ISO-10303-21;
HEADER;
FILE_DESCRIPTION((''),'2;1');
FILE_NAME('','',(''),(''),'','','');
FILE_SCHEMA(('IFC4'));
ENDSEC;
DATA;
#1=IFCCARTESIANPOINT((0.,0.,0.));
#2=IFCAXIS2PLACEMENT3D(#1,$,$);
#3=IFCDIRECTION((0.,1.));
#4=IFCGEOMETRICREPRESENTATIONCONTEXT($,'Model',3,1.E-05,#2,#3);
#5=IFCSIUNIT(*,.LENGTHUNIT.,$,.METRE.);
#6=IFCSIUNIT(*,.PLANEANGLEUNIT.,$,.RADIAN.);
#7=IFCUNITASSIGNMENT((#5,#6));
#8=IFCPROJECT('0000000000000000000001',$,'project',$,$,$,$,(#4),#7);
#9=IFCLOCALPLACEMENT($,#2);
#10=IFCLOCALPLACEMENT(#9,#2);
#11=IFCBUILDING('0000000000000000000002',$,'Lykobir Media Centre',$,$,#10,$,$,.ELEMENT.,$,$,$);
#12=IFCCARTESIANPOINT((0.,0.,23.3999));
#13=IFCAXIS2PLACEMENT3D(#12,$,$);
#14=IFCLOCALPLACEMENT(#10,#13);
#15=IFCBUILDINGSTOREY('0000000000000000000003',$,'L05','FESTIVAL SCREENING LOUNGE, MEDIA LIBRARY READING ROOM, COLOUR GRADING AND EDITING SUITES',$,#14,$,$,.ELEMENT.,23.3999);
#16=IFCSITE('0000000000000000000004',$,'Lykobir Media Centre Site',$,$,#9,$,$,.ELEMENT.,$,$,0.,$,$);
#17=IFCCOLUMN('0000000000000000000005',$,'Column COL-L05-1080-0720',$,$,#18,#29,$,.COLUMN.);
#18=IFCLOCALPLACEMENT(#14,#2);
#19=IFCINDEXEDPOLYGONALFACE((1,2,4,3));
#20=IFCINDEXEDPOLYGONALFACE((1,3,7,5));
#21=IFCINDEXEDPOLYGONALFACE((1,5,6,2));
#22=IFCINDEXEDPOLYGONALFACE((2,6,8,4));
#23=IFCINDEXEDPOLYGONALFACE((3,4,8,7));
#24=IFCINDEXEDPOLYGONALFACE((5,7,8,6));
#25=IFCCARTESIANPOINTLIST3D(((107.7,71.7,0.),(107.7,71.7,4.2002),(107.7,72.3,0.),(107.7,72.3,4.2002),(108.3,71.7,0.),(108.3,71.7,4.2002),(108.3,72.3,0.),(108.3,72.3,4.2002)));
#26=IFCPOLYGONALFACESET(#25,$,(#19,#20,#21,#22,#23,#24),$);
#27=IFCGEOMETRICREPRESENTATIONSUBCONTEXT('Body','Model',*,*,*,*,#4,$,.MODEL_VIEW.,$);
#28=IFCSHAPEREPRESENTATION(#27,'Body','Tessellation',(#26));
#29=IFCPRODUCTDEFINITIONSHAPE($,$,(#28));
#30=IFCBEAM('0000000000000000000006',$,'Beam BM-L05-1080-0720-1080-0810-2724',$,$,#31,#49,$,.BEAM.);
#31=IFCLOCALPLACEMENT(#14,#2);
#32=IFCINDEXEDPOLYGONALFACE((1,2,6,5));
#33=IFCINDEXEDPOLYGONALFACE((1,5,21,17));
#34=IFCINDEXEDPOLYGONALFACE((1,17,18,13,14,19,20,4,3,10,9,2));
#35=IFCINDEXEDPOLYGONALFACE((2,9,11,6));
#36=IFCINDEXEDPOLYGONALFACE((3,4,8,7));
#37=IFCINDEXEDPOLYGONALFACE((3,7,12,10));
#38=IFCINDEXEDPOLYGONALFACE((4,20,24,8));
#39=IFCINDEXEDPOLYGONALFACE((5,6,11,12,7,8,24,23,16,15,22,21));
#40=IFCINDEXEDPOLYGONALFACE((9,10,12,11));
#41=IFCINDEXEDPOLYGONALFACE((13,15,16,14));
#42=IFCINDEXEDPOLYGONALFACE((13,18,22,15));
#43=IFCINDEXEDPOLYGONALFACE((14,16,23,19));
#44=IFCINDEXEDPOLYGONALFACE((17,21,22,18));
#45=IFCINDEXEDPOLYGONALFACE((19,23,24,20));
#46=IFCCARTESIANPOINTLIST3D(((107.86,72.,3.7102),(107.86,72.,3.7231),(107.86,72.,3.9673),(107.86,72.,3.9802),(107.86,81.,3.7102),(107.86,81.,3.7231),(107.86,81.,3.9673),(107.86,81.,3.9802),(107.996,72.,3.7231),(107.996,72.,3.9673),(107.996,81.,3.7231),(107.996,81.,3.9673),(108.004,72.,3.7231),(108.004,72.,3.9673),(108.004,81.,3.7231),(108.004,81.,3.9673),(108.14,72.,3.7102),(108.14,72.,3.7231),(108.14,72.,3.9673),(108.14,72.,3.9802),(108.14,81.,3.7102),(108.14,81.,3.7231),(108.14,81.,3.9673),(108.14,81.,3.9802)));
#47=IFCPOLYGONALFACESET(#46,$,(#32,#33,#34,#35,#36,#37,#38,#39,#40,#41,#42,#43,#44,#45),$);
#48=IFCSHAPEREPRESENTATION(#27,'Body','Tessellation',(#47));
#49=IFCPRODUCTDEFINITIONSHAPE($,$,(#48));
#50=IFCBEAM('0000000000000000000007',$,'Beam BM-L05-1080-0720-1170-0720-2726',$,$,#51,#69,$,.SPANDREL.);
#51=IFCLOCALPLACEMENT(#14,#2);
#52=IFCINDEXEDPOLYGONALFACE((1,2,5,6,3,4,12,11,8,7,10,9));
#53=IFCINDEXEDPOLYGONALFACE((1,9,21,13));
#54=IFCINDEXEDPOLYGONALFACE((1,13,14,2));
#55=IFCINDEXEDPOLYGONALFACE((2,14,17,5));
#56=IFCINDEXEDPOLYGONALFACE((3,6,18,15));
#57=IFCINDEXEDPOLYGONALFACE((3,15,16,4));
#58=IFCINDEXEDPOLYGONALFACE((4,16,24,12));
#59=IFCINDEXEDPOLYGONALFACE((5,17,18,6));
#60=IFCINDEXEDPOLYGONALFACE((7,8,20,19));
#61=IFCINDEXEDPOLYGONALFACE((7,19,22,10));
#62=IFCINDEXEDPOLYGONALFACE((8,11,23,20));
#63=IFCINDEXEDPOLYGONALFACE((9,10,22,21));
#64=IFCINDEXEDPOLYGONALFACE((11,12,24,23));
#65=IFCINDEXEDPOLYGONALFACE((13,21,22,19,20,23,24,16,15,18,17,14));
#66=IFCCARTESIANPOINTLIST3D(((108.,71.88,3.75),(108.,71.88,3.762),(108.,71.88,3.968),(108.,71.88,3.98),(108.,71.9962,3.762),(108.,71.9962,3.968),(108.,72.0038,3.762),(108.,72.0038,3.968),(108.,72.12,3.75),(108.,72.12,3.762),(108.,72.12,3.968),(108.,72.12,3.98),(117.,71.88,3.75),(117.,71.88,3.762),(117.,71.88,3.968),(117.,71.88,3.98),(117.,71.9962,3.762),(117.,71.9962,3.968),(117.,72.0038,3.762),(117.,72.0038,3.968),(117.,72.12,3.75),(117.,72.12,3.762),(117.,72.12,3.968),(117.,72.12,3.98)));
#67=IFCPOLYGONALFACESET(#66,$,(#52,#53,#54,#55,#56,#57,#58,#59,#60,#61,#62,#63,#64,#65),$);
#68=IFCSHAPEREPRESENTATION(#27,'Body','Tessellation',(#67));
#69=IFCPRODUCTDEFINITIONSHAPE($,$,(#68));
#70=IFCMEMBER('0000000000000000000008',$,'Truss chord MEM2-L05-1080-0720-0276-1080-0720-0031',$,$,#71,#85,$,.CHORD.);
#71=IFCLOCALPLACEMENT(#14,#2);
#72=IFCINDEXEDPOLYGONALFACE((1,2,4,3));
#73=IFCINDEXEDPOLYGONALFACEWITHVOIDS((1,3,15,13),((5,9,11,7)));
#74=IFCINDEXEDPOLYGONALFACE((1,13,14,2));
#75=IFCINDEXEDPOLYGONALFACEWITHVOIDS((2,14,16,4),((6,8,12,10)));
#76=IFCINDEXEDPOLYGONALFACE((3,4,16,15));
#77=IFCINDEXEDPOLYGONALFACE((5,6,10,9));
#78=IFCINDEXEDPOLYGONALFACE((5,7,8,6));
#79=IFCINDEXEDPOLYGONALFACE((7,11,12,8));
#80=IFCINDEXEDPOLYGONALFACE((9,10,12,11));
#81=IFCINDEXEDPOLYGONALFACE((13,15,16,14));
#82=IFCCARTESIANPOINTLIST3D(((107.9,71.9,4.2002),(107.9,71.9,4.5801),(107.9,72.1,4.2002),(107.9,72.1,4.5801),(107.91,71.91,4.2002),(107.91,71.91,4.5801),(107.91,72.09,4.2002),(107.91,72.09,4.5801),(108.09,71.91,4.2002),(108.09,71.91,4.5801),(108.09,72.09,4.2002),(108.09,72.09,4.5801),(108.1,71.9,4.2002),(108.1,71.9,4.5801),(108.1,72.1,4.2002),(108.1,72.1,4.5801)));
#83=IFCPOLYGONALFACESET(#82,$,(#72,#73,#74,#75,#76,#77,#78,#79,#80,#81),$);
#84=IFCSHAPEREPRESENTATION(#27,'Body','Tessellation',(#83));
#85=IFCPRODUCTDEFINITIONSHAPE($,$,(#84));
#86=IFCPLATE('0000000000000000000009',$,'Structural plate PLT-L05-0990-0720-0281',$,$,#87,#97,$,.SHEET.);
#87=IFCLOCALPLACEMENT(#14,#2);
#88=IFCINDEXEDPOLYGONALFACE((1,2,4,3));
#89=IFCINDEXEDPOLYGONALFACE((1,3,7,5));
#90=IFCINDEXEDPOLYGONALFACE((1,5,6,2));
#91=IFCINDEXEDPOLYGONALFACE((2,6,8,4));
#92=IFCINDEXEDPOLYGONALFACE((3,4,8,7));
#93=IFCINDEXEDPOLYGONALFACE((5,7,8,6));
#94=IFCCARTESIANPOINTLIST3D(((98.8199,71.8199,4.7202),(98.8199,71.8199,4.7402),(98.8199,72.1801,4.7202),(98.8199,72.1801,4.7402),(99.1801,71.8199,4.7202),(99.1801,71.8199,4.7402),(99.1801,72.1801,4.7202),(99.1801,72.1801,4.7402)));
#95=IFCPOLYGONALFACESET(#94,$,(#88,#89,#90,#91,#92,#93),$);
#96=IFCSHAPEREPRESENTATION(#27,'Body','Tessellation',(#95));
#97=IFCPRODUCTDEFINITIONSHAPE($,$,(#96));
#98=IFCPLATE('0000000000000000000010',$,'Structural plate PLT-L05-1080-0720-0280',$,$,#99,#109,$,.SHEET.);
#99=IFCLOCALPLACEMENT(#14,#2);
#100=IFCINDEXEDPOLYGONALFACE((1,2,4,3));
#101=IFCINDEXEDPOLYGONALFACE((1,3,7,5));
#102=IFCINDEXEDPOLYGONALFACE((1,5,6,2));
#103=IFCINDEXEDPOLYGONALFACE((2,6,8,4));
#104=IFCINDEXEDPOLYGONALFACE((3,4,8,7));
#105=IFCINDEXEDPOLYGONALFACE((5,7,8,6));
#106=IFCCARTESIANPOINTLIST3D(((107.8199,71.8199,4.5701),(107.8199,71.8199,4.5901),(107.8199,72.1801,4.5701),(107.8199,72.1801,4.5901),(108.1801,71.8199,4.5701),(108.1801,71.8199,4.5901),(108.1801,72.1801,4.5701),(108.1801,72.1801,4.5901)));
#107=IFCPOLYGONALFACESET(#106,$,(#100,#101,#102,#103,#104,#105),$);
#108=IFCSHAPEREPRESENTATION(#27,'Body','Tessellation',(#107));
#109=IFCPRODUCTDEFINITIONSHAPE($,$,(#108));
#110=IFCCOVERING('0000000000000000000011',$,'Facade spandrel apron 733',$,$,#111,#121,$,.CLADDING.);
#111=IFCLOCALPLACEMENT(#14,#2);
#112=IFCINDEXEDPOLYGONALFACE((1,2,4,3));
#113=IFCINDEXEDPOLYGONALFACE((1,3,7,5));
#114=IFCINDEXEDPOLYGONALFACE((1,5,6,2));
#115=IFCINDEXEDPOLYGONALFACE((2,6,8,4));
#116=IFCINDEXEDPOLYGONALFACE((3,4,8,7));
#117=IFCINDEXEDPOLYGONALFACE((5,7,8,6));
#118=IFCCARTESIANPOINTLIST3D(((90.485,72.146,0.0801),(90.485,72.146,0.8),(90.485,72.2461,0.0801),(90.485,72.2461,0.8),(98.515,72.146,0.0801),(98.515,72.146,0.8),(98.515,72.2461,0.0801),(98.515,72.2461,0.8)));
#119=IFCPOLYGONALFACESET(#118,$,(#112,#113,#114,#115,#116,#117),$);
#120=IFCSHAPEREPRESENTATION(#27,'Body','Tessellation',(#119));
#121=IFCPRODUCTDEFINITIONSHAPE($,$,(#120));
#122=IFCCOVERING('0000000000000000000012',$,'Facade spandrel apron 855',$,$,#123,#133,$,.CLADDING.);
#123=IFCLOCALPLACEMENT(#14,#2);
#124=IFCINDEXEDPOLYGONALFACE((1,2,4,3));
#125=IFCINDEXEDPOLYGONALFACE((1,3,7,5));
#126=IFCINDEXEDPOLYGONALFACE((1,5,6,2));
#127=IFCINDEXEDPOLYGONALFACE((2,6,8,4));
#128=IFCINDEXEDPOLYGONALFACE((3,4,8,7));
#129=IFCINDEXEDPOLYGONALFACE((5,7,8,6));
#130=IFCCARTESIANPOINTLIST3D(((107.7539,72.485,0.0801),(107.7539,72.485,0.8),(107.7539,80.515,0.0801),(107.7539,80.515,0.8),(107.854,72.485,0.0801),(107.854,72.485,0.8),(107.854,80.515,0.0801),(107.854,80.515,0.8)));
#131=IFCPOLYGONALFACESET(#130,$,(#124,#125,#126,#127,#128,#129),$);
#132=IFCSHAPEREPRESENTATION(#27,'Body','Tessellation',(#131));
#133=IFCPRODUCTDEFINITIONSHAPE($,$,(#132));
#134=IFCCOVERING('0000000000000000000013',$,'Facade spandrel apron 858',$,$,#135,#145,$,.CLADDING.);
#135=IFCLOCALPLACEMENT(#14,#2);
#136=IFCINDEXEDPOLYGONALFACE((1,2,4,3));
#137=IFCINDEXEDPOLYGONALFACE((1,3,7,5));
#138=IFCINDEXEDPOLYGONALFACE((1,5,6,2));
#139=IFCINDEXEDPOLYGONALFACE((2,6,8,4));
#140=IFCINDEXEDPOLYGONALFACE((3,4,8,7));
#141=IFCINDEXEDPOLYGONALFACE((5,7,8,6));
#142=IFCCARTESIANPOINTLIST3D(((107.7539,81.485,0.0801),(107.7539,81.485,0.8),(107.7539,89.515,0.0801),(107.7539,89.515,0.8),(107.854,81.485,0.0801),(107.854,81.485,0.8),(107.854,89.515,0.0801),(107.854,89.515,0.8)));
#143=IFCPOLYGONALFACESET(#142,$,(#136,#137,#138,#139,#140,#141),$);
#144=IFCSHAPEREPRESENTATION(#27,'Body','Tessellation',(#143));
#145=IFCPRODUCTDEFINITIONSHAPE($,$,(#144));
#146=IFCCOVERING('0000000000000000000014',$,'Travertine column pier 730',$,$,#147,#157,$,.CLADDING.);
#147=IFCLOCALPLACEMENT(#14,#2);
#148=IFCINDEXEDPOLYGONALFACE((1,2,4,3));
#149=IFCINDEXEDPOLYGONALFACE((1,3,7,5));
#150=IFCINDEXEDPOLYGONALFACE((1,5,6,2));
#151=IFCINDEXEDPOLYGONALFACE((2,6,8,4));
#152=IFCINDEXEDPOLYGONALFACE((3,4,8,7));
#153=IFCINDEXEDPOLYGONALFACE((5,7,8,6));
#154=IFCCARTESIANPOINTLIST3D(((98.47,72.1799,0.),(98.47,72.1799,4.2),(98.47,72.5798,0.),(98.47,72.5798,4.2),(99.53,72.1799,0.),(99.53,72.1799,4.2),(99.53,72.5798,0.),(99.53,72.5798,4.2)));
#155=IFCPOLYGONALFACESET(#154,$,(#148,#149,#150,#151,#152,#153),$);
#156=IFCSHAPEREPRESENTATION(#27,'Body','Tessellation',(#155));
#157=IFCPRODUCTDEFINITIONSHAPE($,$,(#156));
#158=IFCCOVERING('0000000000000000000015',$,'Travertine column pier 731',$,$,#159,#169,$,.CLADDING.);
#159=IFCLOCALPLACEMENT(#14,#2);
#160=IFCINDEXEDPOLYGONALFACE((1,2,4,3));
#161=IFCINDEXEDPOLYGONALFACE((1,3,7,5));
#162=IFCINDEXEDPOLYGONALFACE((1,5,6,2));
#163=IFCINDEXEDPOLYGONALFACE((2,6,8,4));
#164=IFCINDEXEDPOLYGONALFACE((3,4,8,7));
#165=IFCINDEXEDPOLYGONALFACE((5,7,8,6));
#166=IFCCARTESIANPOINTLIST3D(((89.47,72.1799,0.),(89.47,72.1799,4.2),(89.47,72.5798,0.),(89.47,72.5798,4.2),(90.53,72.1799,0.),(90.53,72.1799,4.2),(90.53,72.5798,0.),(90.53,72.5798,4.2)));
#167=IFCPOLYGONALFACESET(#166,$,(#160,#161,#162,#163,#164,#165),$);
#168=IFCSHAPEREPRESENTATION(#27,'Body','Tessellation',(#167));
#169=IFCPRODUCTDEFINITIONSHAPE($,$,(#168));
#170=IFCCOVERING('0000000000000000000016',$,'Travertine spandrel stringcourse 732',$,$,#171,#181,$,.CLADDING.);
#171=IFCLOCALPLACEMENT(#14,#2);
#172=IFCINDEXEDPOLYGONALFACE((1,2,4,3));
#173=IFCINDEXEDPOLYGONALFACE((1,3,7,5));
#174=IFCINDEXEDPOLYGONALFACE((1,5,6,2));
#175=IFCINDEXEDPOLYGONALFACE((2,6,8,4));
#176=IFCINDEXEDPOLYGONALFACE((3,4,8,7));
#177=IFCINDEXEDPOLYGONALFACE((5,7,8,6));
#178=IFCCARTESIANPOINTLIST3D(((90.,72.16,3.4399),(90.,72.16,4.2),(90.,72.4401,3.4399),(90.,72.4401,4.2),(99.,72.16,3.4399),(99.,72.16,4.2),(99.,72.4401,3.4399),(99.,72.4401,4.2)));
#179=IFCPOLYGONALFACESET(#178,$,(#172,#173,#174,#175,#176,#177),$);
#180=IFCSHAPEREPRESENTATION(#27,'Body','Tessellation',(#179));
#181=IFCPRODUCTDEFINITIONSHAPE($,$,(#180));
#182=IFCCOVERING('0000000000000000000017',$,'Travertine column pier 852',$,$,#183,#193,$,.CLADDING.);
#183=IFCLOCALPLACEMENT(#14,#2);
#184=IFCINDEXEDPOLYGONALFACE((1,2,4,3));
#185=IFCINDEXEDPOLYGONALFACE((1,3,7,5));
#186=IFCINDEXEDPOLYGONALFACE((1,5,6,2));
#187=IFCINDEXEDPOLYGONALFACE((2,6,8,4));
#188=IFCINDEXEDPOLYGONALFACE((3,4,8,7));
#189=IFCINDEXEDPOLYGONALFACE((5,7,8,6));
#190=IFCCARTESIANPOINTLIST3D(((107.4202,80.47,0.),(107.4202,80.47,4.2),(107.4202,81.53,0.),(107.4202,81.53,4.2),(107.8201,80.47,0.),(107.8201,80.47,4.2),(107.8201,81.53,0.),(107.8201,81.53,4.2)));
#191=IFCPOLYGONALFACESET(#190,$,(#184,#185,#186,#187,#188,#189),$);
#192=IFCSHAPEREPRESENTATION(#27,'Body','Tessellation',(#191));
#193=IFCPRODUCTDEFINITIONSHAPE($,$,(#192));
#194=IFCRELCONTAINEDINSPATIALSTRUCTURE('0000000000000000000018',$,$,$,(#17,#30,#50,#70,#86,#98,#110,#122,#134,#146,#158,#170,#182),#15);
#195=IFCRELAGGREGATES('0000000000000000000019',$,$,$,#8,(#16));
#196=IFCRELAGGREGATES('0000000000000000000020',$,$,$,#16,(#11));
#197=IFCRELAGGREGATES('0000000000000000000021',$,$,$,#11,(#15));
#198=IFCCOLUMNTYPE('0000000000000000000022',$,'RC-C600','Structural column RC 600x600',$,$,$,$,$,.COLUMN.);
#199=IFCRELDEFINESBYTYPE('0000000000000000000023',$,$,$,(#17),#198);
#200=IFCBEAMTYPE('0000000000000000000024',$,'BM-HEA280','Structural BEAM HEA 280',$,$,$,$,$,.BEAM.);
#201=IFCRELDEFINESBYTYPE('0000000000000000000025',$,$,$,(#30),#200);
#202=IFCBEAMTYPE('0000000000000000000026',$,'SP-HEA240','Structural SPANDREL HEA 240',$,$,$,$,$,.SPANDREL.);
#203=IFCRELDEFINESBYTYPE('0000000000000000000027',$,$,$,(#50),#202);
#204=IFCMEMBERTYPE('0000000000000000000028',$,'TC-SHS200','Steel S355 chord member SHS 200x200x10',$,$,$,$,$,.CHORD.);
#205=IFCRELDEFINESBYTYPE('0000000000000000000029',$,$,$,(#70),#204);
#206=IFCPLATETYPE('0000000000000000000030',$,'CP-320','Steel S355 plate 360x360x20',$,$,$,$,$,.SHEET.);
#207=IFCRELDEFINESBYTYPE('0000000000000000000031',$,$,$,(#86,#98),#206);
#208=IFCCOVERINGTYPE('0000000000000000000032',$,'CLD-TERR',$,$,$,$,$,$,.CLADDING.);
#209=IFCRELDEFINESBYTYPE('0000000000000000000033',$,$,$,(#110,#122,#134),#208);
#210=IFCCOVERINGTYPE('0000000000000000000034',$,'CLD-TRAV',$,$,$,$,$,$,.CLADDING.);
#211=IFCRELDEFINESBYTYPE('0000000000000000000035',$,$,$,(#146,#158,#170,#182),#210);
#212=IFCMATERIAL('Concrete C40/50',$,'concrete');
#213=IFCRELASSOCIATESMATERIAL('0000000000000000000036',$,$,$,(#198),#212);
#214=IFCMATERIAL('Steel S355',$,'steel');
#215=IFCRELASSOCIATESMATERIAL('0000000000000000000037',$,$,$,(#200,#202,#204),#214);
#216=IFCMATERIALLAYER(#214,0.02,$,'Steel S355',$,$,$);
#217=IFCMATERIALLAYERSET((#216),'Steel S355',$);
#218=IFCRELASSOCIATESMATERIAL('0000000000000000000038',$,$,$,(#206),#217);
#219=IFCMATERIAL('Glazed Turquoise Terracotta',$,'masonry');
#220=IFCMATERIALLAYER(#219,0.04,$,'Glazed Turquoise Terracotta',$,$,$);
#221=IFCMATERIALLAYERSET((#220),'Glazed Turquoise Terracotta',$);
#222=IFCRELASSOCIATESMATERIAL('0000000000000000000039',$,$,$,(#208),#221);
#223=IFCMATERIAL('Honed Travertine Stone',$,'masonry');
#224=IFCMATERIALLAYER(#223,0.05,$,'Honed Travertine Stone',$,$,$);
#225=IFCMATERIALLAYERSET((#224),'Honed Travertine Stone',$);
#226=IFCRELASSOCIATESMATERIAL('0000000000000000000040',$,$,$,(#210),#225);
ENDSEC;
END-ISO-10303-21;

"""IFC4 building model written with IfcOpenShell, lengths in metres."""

from ifc_helpers import new_model, si_unit, direction, frame, origin, origin_2d, place, context, subcontext, project, spatial, rectangle, hollow_rectangle, i_section, extrude, material, layer, layer_set, material_profile, profile_set, type_object, element, save


model = new_model("IFC4")

# Units and contexts
model_context = context("Model", 3, precision=1e-05, world=origin(), true_north=direction((0.0, 1.0)))
body_context = subcontext(model_context, "Body", "Model", "MODEL_VIEW")
ifc_project = project(units=[si_unit("LENGTHUNIT", "METRE"), si_unit("PLANEANGLEUNIT", "RADIAN")], contexts=[model_context])

# Site, building, storey
site_placement = place(None, origin())
site = spatial("IfcSite", under=ifc_project, at=site_placement, Name="Lykobir Media Centre Site", CompositionType="ELEMENT", RefElevation=0.0)
building_placement = place(site_placement, origin())
building = spatial("IfcBuilding", under=site, at=building_placement, Name="Lykobir Media Centre", CompositionType="ELEMENT")
storey_placement = place(building_placement, frame((0.0, 0.0, 23.3999)))
storey = spatial("IfcBuildingStorey", under=building, at=storey_placement, Name="L05", Description="FESTIVAL SCREENING LOUNGE, MEDIA LIBRARY READING ROOM, COLOUR GRADING AND EDITING SUITES", CompositionType="ELEMENT", Elevation=23.3999)

# Column
ifc_material_1 = material(Name="Concrete C40/50", Category="concrete")
ifc_material_profile_1 = material_profile(ifc_material_1, rectangle(XDim=0.6001, YDim=0.6001, at=origin_2d()), Name="RC 600x600")
ifc_profile_set_1 = profile_set([ifc_material_profile_1], Name="Concrete C40/50")
column_type = type_object("IfcColumnType", Name="RC-C600", Description="Structural column RC 600x600", PredefinedType="COLUMN", material=ifc_profile_set_1)
column_placement = place(storey_placement, frame((108.0, 72.0, 0.0), z_axis=(0.0, 0.0, 1.0), x_axis=(1.0, 0.0, 0.0)))
element("IfcColumn", 1, at=column_placement, inside=storey, type_object=column_type, Name="Column COL-L05-1080-0720", PredefinedType="COLUMN", context=body_context, shape_type="SweptSolid", body=[
    extrude(rectangle(XDim=0.6001, YDim=0.6001, at=origin_2d()), origin(), (0.0, 0.0, 1.0), 4.2002),
])

# Beams
ifc_material_2 = material(Name="Steel S355", Category="steel")
ifc_material_profile_2 = material_profile(ifc_material_2, i_section(OverallWidth=0.28, OverallDepth=0.27, WebThickness=0.0081, FlangeThickness=0.0129, at=origin_2d()), Name="HEA 280")
ifc_profile_set_2 = profile_set([ifc_material_profile_2], Name="Steel S355")
beam_type_1 = type_object("IfcBeamType", Name="BM-HEA280", Description="Structural BEAM HEA 280", PredefinedType="BEAM", material=ifc_profile_set_2)
beam_1_placement = place(storey_placement, frame((108.0, 72.0, 3.8452), z_axis=(0.0, 1.0, 0.0), x_axis=(-1.0, 0.0, 0.0)))
element("IfcBeam", 2, at=beam_1_placement, inside=storey, type_object=beam_type_1, Name="Beam BM-L05-1080-0720-1080-0810-2724", PredefinedType="BEAM", context=body_context, shape_type="SweptSolid", body=[
    extrude(i_section(OverallWidth=0.28, OverallDepth=0.27, WebThickness=0.0081, FlangeThickness=0.0129, at=origin_2d()), origin(), (0.0, 0.0, 1.0), 9.0),
])
ifc_material_profile_3 = material_profile(ifc_material_2, i_section(OverallWidth=0.24, OverallDepth=0.23, WebThickness=0.0076, FlangeThickness=0.012, at=origin_2d()), Name="HEA 240")
ifc_profile_set_3 = profile_set([ifc_material_profile_3], Name="Steel S355")
beam_type_2 = type_object("IfcBeamType", Name="SP-HEA240", Description="Structural SPANDREL HEA 240", PredefinedType="SPANDREL", material=ifc_profile_set_3)
beam_2_placement = place(storey_placement, frame((108.0, 72.0, 3.865), z_axis=(1.0, 0.0, 0.0), x_axis=(0.0, 1.0, 0.0)))
element("IfcBeam", 3, at=beam_2_placement, inside=storey, type_object=beam_type_2, Name="Beam BM-L05-1080-0720-1170-0720-2726", PredefinedType="SPANDREL", context=body_context, shape_type="SweptSolid", body=[
    extrude(i_section(OverallWidth=0.24, OverallDepth=0.23, WebThickness=0.0076, FlangeThickness=0.012, at=origin_2d()), origin(), (0.0, 0.0, 1.0), 9.0),
])

# Member
ifc_material_profile_4 = material_profile(ifc_material_2, hollow_rectangle(XDim=0.2, YDim=0.2, WallThickness=0.01, at=origin_2d()), Name="SHS 200x200x10")
ifc_profile_set_4 = profile_set([ifc_material_profile_4], Name="Steel S355")
member_type = type_object("IfcMemberType", Name="TC-SHS200", Description="Steel S355 chord member SHS 200x200x10", PredefinedType="CHORD", material=ifc_profile_set_4)
member_placement = place(storey_placement, frame((108.0, 72.0, 4.2002), z_axis=(0.0, 0.0, 1.0), x_axis=(1.0, 0.0, 0.0)))
element("IfcMember", 4, at=member_placement, inside=storey, type_object=member_type, Name="Truss chord MEM2-L05-1080-0720-0276-1080-0720-0031", PredefinedType="CHORD", context=body_context, shape_type="SweptSolid", body=[
    extrude(hollow_rectangle(XDim=0.2, YDim=0.2, WallThickness=0.01, at=origin_2d()), origin(), (0.0, 0.0, 1.0), 0.3799),
])

# Plates
ifc_layer_1 = layer(ifc_material_2, 0.02, Name="Steel S355")
ifc_layer_set_1 = layer_set([ifc_layer_1], Name="Steel S355")
plate_type = type_object("IfcPlateType", Name="CP-320", Description="Steel S355 plate 360x360x20", PredefinedType="SHEET", material=ifc_layer_set_1)
for number, where, z_axis, x_axis, name in (
    (5, (99.0, 72.0, 4.7202), (0.0, 0.0, 1.0), (1.0, 0.0, 0.0), "Structural plate PLT-L05-0990-0720-0281"),
    (6, (108.0, 72.0, 4.5701), (0.0, 0.0, 1.0), (1.0, 0.0, 0.0), "Structural plate PLT-L05-1080-0720-0280"),
):
    element("IfcPlate", number, at=place(storey_placement, frame(where, z_axis=z_axis, x_axis=x_axis)), inside=storey, type_object=plate_type, Name=name, PredefinedType="SHEET", context=body_context, shape_type="SweptSolid", body=[
        extrude(rectangle(XDim=0.3601, YDim=0.3601, at=origin_2d()), origin(), (0.0, 0.0, 1.0), 0.02),
    ])

# Coverings
ifc_material_3 = material(Name="Glazed Turquoise Terracotta", Category="masonry")
ifc_layer_2 = layer(ifc_material_3, 0.04, Name="Glazed Turquoise Terracotta")
ifc_layer_set_2 = layer_set([ifc_layer_2], Name="Glazed Turquoise Terracotta")
covering_type_1 = type_object("IfcCoveringType", Name="CLD-TERR", PredefinedType="CLADDING", material=ifc_layer_set_2)
for number, where, z_axis, x_axis, name in (
    (7, (94.5, 72.196, 0.0801), (0.0, 0.0, 1.0), (-1.0, 0.0, 0.0), "Facade spandrel apron 733"),
    (8, (107.804, 76.5, 0.0801), (0.0, 0.0, 1.0), (0.0, -1.0, 0.0), "Facade spandrel apron 855"),
    (9, (107.804, 85.5, 0.0801), (0.0, 0.0, 1.0), (0.0, -1.0, 0.0), "Facade spandrel apron 858"),
):
    element("IfcCovering", number, at=place(storey_placement, frame(where, z_axis=z_axis, x_axis=x_axis)), inside=storey, type_object=covering_type_1, Name=name, PredefinedType="CLADDING", context=body_context, shape_type="SweptSolid", body=[
        extrude(rectangle(XDim=8.03, YDim=0.1001, at=origin_2d()), origin(), (0.0, 0.0, 1.0), 0.72),
    ])
ifc_material_4 = material(Name="Honed Travertine Stone", Category="masonry")
ifc_layer_3 = layer(ifc_material_4, 0.05, Name="Honed Travertine Stone")
ifc_layer_set_3 = layer_set([ifc_layer_3], Name="Honed Travertine Stone")
covering_type_2 = type_object("IfcCoveringType", Name="CLD-TRAV", PredefinedType="CLADDING", material=ifc_layer_set_3)
for number, where, z_axis, x_axis, name in (
    (10, (99.0, 72.3799, 0.0), (0.0, 0.0, 1.0), (-1.0, 0.0, 0.0), "Travertine column pier 730"),
    (11, (90.0, 72.3799, 0.0), (0.0, 0.0, 1.0), (-1.0, 0.0, 0.0), "Travertine column pier 731"),
):
    element("IfcCovering", number, at=place(storey_placement, frame(where, z_axis=z_axis, x_axis=x_axis)), inside=storey, type_object=covering_type_2, Name=name, PredefinedType="CLADDING", context=body_context, shape_type="SweptSolid", body=[
        extrude(rectangle(XDim=1.0601, YDim=0.3999, at=origin_2d()), origin(), (0.0, 0.0, 1.0), 4.2),
    ])
covering_1_placement = place(storey_placement, frame((94.5, 72.3, 3.4399), z_axis=(0.0, 0.0, 1.0), x_axis=(-1.0, 0.0, 0.0)))
element("IfcCovering", 12, at=covering_1_placement, inside=storey, type_object=covering_type_2, Name="Travertine spandrel stringcourse 732", PredefinedType="CLADDING", context=body_context, shape_type="SweptSolid", body=[
    extrude(rectangle(XDim=9.0, YDim=0.28, at=origin_2d()), origin(), (0.0, 0.0, 1.0), 0.76),
])
for number, where, z_axis, x_axis, name in (
    (13, (107.6201, 81.0, 0.0), (0.0, 0.0, 1.0), (0.0, -1.0, 0.0), "Travertine column pier 852"),
):
    element("IfcCovering", number, at=place(storey_placement, frame(where, z_axis=z_axis, x_axis=x_axis)), inside=storey, type_object=covering_type_2, Name=name, PredefinedType="CLADDING", context=body_context, shape_type="SweptSolid", body=[
        extrude(rectangle(XDim=1.0601, YDim=0.3999, at=origin_2d()), origin(), (0.0, 0.0, 1.0), 4.2),
    ])

save(model, "model.ifc")
